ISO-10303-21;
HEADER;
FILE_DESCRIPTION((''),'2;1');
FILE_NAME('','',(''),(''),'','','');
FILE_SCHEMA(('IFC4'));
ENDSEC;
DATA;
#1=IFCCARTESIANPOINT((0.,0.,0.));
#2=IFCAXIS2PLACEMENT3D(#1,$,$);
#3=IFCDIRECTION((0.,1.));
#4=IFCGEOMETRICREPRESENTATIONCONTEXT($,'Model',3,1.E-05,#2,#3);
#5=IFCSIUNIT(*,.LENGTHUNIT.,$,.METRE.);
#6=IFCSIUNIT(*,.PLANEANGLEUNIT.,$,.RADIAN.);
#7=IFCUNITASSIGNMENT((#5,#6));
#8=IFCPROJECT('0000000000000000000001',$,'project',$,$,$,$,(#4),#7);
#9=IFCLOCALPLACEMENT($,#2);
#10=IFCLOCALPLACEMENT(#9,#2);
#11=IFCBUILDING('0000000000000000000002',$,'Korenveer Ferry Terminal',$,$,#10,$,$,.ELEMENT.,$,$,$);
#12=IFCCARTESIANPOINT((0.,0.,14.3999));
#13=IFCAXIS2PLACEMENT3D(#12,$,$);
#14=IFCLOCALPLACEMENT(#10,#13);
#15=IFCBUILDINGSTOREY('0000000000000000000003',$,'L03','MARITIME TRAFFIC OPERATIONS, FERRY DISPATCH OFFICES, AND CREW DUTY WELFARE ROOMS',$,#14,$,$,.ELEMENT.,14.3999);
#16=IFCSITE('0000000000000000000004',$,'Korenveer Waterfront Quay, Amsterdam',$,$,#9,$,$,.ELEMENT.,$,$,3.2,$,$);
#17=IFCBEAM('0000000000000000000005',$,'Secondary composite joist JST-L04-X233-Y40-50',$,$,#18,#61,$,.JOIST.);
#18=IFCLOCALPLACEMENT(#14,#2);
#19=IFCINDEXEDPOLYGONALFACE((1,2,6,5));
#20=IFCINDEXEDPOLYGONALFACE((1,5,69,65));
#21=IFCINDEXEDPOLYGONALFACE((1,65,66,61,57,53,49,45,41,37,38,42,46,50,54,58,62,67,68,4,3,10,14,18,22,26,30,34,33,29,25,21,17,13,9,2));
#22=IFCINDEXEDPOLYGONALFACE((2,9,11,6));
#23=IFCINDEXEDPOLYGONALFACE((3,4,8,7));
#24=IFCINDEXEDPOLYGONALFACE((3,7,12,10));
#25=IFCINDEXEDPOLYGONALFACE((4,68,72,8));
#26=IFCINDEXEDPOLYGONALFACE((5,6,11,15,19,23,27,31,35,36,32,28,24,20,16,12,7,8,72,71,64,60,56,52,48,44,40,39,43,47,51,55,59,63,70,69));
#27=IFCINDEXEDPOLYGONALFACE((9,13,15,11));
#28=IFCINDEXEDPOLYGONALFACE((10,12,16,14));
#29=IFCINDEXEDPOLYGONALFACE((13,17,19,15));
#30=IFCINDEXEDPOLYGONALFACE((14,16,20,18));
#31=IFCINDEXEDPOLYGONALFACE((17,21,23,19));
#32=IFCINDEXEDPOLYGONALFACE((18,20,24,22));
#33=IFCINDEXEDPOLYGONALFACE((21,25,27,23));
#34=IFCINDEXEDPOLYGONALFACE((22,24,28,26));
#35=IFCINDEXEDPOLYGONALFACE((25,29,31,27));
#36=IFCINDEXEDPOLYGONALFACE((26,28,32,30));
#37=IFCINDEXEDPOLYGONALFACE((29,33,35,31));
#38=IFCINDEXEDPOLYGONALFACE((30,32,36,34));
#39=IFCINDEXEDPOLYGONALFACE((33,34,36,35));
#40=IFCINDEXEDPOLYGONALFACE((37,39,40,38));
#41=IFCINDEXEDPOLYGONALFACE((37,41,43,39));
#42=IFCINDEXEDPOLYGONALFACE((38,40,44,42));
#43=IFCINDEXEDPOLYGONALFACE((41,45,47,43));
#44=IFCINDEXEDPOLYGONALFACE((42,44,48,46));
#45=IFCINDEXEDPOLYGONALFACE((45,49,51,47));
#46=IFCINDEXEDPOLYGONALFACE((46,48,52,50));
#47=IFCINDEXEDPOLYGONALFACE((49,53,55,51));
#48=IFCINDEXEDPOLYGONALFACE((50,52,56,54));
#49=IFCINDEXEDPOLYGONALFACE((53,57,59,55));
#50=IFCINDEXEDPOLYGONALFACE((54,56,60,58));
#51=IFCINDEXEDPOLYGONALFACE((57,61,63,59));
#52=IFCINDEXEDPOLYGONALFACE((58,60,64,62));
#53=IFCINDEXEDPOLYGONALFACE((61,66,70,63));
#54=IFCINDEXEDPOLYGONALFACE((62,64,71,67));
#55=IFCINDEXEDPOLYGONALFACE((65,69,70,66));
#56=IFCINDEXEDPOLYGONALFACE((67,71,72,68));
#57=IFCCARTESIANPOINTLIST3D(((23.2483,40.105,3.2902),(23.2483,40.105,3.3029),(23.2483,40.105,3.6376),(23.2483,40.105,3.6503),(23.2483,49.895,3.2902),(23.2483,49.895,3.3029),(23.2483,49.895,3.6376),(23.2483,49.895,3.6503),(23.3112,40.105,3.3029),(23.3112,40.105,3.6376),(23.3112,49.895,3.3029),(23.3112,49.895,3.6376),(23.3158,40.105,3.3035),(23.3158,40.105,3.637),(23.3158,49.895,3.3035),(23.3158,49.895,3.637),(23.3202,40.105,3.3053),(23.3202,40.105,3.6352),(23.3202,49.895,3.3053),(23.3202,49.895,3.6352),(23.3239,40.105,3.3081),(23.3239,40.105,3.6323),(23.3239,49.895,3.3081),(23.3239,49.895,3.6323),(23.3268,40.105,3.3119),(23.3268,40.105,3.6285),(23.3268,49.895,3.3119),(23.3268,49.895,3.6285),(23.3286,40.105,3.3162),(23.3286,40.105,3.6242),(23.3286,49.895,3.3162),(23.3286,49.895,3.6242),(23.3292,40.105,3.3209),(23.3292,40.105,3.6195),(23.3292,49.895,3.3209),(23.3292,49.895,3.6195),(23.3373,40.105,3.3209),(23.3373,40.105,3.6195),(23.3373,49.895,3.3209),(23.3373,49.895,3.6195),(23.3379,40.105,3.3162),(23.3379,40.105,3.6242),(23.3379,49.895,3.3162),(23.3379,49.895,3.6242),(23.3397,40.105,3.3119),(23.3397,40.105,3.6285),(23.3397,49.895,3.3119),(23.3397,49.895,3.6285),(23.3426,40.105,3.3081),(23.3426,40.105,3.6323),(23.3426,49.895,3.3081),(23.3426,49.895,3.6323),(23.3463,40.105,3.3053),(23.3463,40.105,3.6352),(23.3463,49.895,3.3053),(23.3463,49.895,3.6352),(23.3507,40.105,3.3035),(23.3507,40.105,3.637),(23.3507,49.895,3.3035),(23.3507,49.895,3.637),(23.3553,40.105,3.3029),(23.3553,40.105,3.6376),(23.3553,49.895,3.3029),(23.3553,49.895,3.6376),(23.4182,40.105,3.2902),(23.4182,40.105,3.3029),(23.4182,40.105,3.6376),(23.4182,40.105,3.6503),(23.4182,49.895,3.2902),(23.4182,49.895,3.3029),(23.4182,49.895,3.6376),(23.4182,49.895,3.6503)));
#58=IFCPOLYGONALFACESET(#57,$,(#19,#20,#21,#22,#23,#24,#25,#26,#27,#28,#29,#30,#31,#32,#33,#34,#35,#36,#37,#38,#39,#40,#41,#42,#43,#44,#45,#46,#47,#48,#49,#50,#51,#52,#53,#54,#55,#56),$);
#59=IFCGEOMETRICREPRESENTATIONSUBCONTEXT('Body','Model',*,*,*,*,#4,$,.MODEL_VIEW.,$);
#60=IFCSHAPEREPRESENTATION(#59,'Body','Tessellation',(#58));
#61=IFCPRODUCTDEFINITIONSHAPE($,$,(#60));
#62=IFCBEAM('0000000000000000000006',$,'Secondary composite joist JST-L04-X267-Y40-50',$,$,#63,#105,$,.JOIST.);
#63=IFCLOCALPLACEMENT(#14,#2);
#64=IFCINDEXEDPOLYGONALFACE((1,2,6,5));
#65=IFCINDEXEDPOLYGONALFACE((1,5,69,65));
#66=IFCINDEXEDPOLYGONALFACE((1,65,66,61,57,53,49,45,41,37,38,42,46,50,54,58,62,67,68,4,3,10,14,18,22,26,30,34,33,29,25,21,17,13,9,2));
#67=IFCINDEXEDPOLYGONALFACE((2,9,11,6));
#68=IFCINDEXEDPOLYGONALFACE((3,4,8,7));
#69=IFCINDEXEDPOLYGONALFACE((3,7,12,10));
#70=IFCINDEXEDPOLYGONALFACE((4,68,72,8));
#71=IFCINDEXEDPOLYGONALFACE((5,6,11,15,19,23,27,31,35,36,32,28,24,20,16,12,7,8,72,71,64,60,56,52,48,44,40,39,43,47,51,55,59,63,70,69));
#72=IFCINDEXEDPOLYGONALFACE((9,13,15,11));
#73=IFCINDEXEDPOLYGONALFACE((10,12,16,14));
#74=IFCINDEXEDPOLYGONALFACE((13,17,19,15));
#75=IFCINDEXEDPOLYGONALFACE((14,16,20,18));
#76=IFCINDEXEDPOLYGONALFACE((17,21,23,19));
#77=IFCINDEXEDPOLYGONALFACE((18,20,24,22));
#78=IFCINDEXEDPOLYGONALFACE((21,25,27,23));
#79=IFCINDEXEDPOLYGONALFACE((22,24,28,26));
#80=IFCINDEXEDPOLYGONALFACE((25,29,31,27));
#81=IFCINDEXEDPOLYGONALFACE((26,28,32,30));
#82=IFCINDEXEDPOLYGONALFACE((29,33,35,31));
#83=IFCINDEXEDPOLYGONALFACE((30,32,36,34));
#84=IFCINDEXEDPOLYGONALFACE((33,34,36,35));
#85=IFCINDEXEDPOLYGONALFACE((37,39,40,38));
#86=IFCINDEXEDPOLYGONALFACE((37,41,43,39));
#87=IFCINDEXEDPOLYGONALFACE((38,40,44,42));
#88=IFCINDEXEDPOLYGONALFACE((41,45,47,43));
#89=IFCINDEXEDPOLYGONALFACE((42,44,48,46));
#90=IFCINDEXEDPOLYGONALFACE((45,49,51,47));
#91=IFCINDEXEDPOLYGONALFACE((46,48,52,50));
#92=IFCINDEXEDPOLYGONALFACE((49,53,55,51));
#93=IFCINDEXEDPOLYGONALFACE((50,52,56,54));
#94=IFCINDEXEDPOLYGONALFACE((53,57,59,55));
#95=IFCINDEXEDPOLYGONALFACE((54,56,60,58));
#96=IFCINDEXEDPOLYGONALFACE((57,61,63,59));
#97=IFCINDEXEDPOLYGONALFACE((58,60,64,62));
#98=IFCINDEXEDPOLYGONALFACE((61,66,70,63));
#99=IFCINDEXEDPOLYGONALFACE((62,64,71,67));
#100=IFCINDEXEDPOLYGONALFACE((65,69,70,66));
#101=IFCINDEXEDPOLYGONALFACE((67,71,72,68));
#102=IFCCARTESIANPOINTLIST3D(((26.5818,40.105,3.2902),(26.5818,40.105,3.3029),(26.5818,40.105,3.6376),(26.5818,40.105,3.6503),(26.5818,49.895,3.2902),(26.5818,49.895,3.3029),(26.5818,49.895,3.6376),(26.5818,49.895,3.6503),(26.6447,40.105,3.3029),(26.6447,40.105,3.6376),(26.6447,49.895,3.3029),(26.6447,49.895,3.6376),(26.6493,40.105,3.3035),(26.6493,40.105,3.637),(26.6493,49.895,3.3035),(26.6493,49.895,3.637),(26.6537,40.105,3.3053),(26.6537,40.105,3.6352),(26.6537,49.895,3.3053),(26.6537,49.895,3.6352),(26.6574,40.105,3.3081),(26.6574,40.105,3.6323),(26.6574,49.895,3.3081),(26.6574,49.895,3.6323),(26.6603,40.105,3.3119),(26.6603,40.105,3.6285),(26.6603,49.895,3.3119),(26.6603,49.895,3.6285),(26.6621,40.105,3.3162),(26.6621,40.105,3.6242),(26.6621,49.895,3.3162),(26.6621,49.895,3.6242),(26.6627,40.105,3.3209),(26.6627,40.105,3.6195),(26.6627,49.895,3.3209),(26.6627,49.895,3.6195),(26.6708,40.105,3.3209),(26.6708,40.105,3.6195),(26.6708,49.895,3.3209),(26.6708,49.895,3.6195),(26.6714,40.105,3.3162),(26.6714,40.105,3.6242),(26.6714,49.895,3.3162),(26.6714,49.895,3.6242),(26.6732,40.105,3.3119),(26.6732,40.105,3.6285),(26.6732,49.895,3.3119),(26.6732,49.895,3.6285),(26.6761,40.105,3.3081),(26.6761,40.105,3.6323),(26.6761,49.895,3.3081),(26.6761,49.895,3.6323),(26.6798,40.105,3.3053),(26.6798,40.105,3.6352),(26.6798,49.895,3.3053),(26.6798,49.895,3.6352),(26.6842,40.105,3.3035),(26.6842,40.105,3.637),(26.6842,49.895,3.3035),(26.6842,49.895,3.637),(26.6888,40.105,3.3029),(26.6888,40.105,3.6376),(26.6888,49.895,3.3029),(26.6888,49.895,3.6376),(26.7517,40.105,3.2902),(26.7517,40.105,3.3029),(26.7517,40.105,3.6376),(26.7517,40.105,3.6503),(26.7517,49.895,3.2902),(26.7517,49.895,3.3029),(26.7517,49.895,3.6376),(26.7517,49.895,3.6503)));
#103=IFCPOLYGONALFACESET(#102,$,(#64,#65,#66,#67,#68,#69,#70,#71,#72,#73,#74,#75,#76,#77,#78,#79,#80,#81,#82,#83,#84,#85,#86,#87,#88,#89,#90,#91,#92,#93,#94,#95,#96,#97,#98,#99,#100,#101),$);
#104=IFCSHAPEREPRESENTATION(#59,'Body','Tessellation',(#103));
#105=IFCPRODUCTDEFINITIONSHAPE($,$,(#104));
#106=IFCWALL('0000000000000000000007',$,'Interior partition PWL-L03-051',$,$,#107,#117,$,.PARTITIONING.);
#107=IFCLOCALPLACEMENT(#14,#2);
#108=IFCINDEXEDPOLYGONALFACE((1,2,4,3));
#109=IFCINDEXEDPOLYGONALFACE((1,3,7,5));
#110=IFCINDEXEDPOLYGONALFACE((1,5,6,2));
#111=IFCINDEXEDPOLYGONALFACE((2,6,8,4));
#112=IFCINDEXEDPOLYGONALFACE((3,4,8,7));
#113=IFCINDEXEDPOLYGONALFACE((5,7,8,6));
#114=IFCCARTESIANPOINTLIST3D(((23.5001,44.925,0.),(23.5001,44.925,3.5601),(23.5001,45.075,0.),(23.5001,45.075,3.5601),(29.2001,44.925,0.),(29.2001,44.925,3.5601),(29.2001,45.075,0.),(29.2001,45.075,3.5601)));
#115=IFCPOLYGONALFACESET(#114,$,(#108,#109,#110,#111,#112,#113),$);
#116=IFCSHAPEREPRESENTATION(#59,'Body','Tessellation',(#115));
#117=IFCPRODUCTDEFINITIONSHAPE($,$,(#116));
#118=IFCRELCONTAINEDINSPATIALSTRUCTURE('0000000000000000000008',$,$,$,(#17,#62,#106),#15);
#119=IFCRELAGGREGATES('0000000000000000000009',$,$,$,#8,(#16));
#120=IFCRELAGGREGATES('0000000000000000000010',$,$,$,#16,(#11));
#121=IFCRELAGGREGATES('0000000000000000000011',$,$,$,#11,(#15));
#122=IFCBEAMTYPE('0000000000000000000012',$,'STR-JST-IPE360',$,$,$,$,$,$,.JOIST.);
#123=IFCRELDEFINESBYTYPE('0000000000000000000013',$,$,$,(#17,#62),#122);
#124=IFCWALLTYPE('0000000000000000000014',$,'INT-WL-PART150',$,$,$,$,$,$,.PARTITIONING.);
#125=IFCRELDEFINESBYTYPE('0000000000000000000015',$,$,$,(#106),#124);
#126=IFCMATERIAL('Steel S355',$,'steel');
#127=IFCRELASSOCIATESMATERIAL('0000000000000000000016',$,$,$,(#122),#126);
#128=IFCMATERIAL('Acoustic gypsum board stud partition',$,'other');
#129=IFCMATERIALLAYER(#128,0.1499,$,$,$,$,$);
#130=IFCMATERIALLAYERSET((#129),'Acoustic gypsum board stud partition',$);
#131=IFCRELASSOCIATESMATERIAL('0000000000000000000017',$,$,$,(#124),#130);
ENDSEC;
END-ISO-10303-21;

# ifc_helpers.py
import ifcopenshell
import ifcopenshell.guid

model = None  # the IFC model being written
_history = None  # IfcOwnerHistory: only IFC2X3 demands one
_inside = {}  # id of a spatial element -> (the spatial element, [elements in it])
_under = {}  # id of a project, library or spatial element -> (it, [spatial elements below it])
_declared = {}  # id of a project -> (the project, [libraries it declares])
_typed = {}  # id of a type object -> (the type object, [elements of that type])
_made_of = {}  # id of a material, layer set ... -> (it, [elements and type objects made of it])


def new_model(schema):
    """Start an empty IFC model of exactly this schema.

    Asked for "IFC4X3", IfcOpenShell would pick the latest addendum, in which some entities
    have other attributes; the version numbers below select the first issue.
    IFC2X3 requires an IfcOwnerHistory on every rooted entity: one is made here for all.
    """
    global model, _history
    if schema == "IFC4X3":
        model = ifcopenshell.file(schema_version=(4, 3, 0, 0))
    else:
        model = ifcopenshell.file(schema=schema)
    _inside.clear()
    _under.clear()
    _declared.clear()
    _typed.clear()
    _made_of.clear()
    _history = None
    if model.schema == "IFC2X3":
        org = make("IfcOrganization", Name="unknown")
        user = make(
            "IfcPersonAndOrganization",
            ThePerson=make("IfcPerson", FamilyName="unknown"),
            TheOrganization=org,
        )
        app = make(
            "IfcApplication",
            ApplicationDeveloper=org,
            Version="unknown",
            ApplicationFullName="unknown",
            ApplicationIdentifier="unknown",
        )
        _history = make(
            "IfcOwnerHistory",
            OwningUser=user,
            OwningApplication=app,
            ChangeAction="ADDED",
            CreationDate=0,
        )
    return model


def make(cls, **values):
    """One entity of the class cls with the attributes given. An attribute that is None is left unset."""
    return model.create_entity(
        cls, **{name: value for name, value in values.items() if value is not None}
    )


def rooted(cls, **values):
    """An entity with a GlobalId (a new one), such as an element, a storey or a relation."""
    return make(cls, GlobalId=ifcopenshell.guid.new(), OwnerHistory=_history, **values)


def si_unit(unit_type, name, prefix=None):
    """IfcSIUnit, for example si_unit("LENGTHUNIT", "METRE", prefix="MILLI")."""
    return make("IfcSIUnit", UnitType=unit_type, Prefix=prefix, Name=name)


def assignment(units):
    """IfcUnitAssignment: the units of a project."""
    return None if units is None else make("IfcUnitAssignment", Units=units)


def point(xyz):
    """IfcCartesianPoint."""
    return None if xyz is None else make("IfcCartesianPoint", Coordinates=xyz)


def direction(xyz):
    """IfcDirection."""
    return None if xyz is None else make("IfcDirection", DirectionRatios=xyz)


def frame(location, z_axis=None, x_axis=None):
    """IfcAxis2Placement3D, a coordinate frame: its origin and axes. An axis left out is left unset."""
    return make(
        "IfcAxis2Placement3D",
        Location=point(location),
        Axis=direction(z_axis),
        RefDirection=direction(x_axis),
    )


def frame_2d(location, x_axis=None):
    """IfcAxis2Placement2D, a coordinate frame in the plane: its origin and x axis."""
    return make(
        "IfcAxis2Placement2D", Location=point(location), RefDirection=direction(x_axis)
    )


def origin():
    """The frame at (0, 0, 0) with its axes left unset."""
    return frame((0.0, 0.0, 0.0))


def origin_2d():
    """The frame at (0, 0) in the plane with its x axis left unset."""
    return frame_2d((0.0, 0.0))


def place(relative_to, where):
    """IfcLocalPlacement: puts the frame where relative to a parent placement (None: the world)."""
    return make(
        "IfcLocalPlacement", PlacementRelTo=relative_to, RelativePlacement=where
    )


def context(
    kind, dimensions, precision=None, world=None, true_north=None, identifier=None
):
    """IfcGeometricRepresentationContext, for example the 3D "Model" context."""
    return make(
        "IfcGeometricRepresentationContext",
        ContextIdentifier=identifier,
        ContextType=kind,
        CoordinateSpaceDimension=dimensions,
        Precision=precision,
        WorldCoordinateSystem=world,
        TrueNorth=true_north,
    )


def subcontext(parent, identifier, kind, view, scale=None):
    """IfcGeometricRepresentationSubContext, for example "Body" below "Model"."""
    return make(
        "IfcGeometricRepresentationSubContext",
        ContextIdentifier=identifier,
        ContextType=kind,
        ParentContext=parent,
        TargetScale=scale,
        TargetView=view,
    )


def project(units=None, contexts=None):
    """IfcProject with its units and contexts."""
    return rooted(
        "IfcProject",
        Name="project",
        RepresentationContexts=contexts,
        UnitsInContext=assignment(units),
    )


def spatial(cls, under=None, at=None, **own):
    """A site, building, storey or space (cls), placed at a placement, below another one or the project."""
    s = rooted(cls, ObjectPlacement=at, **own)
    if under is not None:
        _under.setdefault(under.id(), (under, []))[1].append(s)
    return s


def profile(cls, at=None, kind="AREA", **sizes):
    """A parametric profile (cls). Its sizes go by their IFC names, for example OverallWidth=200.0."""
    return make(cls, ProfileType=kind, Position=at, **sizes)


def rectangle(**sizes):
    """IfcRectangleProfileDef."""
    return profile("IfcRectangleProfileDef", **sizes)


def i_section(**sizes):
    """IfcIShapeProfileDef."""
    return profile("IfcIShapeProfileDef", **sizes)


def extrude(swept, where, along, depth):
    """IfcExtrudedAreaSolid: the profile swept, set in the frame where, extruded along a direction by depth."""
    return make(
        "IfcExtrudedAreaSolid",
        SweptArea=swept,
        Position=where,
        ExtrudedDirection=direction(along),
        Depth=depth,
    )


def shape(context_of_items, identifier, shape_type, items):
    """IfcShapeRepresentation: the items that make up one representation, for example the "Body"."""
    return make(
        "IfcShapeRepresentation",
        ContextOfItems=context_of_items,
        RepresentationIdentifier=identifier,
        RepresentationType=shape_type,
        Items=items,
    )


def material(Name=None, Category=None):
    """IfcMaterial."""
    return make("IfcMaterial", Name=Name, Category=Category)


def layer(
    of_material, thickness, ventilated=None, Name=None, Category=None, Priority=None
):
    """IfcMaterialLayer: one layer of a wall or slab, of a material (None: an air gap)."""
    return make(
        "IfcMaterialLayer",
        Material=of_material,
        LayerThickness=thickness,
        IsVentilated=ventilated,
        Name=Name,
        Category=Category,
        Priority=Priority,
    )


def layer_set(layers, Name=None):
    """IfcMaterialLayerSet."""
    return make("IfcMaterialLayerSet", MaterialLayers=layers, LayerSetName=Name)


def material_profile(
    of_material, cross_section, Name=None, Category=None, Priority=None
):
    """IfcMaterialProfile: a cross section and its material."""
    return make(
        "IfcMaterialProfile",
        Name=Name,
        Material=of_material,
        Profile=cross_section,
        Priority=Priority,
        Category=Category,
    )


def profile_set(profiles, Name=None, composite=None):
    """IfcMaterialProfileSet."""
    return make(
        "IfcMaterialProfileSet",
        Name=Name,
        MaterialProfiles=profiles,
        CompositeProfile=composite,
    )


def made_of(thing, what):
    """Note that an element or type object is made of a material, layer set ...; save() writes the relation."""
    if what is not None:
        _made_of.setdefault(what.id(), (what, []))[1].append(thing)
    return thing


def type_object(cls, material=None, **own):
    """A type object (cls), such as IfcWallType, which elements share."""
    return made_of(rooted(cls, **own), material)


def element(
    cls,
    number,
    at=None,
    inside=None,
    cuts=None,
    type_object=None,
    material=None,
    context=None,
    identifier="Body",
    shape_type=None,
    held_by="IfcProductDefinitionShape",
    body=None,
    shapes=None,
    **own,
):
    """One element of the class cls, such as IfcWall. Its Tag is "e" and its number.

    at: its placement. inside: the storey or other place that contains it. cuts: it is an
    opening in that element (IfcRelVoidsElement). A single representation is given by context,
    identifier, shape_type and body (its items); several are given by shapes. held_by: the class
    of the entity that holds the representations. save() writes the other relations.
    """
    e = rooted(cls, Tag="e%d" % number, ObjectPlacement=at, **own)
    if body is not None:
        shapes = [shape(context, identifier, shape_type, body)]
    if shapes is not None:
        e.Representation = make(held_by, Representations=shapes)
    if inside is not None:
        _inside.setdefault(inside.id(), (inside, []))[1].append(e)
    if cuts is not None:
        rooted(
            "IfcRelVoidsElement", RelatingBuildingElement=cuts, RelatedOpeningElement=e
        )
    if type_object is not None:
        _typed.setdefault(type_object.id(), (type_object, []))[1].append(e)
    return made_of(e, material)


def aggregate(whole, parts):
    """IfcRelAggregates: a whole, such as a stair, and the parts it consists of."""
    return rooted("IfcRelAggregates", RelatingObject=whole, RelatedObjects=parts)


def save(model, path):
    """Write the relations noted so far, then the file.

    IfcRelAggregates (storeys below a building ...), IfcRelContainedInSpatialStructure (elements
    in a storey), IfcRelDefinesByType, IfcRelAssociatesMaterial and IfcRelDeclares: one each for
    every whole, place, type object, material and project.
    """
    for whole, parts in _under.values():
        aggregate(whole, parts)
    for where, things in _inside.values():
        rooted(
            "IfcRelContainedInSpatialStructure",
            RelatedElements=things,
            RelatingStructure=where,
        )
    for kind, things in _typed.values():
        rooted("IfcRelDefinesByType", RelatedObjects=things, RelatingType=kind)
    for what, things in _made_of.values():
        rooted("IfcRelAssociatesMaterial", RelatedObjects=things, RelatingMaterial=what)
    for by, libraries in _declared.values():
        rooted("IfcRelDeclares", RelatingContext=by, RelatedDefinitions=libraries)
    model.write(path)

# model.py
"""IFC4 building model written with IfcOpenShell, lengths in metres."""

from ifc_helpers import new_model, si_unit, direction, frame, frame_2d, origin, origin_2d, place, context, subcontext, project, spatial, rectangle, i_section, extrude, material, layer, layer_set, material_profile, profile_set, type_object, element, save


model = new_model("IFC4")

# Units and contexts
model_context = context("Model", 3, precision=1e-05, world=origin(), true_north=direction((0.0, 1.0)))
body_context = subcontext(model_context, "Body", "Model", "MODEL_VIEW")
ifc_project = project(units=[si_unit("LENGTHUNIT", "METRE"), si_unit("PLANEANGLEUNIT", "RADIAN")], contexts=[model_context])

# Site, building, storey
site_placement = place(None, origin())
site = spatial("IfcSite", under=ifc_project, at=site_placement, Name="Korenveer Waterfront Quay, Amsterdam", CompositionType="ELEMENT", RefElevation=3.2)
building_placement = place(site_placement, origin())
building = spatial("IfcBuilding", under=site, at=building_placement, Name="Korenveer Ferry Terminal", CompositionType="ELEMENT")
storey_placement = place(building_placement, frame((0.0, 0.0, 14.3999)))
storey = spatial("IfcBuildingStorey", under=building, at=storey_placement, Name="L03", Description="MARITIME TRAFFIC OPERATIONS, FERRY DISPATCH OFFICES, AND CREW DUTY WELFARE ROOMS", CompositionType="ELEMENT", Elevation=14.3999)

# Beams
ifc_material_1 = material(Name="Steel S355", Category="steel")
ifc_material_profile_1 = material_profile(ifc_material_1, i_section(OverallWidth=0.1699, OverallDepth=0.3601, WebThickness=0.0081, FlangeThickness=0.0127, FilletRadius=0.0181, at=origin_2d()), Name="IPE 360")
ifc_profile_set_1 = profile_set([ifc_material_profile_1], Name="Steel S355")
beam_type_1 = type_object("IfcBeamType", Name="STR-JST-IPE360", PredefinedType="JOIST", material=ifc_profile_set_1)
for number, where, z_axis, x_axis, name in (
    (1, (23.3333, 40.105, 3.4702), (0.0, 1.0, 0.0), (-1.0, 0.0, 0.0), "Secondary composite joist JST-L04-X233-Y40-50"),
    (2, (26.6667, 40.105, 3.4702), (0.0, 1.0, 0.0), (-1.0, 0.0, 0.0), "Secondary composite joist JST-L04-X267-Y40-50"),
):
    element("IfcBeam", number, at=place(storey_placement, frame(where, z_axis=z_axis, x_axis=x_axis)), inside=storey, type_object=beam_type_1, Name=name, PredefinedType="JOIST", context=body_context, shape_type="SweptSolid", body=[
        extrude(i_section(OverallWidth=0.1699, OverallDepth=0.3601, WebThickness=0.0081, FlangeThickness=0.0127, FilletRadius=0.0181, at=origin_2d()), origin(), (0.0, 0.0, 1.0), 9.79),
    ])

# Wall
ifc_material_2 = material(Name="Acoustic gypsum board stud partition", Category="other")
ifc_layer = layer(ifc_material_2, 0.1499)
ifc_layer_set = layer_set([ifc_layer], Name="Acoustic gypsum board stud partition")
wall_type = type_object("IfcWallType", Name="INT-WL-PART150", PredefinedType="PARTITIONING", material=ifc_layer_set)
wall_placement = place(storey_placement, frame((23.5, 45.0, 0.0), z_axis=(0.0, 0.0, 1.0), x_axis=(1.0, 0.0, 0.0)))
element("IfcWall", 3, at=wall_placement, inside=storey, type_object=wall_type, Name="Interior partition PWL-L03-051", PredefinedType="PARTITIONING", context=body_context, shape_type="SweptSolid", body=[
    extrude(rectangle(XDim=5.7, YDim=0.1499, at=frame_2d((2.8501, 0.0))), origin(), (0.0, 0.0, 1.0), 3.5601),
])

save(model, "model.ifc")
